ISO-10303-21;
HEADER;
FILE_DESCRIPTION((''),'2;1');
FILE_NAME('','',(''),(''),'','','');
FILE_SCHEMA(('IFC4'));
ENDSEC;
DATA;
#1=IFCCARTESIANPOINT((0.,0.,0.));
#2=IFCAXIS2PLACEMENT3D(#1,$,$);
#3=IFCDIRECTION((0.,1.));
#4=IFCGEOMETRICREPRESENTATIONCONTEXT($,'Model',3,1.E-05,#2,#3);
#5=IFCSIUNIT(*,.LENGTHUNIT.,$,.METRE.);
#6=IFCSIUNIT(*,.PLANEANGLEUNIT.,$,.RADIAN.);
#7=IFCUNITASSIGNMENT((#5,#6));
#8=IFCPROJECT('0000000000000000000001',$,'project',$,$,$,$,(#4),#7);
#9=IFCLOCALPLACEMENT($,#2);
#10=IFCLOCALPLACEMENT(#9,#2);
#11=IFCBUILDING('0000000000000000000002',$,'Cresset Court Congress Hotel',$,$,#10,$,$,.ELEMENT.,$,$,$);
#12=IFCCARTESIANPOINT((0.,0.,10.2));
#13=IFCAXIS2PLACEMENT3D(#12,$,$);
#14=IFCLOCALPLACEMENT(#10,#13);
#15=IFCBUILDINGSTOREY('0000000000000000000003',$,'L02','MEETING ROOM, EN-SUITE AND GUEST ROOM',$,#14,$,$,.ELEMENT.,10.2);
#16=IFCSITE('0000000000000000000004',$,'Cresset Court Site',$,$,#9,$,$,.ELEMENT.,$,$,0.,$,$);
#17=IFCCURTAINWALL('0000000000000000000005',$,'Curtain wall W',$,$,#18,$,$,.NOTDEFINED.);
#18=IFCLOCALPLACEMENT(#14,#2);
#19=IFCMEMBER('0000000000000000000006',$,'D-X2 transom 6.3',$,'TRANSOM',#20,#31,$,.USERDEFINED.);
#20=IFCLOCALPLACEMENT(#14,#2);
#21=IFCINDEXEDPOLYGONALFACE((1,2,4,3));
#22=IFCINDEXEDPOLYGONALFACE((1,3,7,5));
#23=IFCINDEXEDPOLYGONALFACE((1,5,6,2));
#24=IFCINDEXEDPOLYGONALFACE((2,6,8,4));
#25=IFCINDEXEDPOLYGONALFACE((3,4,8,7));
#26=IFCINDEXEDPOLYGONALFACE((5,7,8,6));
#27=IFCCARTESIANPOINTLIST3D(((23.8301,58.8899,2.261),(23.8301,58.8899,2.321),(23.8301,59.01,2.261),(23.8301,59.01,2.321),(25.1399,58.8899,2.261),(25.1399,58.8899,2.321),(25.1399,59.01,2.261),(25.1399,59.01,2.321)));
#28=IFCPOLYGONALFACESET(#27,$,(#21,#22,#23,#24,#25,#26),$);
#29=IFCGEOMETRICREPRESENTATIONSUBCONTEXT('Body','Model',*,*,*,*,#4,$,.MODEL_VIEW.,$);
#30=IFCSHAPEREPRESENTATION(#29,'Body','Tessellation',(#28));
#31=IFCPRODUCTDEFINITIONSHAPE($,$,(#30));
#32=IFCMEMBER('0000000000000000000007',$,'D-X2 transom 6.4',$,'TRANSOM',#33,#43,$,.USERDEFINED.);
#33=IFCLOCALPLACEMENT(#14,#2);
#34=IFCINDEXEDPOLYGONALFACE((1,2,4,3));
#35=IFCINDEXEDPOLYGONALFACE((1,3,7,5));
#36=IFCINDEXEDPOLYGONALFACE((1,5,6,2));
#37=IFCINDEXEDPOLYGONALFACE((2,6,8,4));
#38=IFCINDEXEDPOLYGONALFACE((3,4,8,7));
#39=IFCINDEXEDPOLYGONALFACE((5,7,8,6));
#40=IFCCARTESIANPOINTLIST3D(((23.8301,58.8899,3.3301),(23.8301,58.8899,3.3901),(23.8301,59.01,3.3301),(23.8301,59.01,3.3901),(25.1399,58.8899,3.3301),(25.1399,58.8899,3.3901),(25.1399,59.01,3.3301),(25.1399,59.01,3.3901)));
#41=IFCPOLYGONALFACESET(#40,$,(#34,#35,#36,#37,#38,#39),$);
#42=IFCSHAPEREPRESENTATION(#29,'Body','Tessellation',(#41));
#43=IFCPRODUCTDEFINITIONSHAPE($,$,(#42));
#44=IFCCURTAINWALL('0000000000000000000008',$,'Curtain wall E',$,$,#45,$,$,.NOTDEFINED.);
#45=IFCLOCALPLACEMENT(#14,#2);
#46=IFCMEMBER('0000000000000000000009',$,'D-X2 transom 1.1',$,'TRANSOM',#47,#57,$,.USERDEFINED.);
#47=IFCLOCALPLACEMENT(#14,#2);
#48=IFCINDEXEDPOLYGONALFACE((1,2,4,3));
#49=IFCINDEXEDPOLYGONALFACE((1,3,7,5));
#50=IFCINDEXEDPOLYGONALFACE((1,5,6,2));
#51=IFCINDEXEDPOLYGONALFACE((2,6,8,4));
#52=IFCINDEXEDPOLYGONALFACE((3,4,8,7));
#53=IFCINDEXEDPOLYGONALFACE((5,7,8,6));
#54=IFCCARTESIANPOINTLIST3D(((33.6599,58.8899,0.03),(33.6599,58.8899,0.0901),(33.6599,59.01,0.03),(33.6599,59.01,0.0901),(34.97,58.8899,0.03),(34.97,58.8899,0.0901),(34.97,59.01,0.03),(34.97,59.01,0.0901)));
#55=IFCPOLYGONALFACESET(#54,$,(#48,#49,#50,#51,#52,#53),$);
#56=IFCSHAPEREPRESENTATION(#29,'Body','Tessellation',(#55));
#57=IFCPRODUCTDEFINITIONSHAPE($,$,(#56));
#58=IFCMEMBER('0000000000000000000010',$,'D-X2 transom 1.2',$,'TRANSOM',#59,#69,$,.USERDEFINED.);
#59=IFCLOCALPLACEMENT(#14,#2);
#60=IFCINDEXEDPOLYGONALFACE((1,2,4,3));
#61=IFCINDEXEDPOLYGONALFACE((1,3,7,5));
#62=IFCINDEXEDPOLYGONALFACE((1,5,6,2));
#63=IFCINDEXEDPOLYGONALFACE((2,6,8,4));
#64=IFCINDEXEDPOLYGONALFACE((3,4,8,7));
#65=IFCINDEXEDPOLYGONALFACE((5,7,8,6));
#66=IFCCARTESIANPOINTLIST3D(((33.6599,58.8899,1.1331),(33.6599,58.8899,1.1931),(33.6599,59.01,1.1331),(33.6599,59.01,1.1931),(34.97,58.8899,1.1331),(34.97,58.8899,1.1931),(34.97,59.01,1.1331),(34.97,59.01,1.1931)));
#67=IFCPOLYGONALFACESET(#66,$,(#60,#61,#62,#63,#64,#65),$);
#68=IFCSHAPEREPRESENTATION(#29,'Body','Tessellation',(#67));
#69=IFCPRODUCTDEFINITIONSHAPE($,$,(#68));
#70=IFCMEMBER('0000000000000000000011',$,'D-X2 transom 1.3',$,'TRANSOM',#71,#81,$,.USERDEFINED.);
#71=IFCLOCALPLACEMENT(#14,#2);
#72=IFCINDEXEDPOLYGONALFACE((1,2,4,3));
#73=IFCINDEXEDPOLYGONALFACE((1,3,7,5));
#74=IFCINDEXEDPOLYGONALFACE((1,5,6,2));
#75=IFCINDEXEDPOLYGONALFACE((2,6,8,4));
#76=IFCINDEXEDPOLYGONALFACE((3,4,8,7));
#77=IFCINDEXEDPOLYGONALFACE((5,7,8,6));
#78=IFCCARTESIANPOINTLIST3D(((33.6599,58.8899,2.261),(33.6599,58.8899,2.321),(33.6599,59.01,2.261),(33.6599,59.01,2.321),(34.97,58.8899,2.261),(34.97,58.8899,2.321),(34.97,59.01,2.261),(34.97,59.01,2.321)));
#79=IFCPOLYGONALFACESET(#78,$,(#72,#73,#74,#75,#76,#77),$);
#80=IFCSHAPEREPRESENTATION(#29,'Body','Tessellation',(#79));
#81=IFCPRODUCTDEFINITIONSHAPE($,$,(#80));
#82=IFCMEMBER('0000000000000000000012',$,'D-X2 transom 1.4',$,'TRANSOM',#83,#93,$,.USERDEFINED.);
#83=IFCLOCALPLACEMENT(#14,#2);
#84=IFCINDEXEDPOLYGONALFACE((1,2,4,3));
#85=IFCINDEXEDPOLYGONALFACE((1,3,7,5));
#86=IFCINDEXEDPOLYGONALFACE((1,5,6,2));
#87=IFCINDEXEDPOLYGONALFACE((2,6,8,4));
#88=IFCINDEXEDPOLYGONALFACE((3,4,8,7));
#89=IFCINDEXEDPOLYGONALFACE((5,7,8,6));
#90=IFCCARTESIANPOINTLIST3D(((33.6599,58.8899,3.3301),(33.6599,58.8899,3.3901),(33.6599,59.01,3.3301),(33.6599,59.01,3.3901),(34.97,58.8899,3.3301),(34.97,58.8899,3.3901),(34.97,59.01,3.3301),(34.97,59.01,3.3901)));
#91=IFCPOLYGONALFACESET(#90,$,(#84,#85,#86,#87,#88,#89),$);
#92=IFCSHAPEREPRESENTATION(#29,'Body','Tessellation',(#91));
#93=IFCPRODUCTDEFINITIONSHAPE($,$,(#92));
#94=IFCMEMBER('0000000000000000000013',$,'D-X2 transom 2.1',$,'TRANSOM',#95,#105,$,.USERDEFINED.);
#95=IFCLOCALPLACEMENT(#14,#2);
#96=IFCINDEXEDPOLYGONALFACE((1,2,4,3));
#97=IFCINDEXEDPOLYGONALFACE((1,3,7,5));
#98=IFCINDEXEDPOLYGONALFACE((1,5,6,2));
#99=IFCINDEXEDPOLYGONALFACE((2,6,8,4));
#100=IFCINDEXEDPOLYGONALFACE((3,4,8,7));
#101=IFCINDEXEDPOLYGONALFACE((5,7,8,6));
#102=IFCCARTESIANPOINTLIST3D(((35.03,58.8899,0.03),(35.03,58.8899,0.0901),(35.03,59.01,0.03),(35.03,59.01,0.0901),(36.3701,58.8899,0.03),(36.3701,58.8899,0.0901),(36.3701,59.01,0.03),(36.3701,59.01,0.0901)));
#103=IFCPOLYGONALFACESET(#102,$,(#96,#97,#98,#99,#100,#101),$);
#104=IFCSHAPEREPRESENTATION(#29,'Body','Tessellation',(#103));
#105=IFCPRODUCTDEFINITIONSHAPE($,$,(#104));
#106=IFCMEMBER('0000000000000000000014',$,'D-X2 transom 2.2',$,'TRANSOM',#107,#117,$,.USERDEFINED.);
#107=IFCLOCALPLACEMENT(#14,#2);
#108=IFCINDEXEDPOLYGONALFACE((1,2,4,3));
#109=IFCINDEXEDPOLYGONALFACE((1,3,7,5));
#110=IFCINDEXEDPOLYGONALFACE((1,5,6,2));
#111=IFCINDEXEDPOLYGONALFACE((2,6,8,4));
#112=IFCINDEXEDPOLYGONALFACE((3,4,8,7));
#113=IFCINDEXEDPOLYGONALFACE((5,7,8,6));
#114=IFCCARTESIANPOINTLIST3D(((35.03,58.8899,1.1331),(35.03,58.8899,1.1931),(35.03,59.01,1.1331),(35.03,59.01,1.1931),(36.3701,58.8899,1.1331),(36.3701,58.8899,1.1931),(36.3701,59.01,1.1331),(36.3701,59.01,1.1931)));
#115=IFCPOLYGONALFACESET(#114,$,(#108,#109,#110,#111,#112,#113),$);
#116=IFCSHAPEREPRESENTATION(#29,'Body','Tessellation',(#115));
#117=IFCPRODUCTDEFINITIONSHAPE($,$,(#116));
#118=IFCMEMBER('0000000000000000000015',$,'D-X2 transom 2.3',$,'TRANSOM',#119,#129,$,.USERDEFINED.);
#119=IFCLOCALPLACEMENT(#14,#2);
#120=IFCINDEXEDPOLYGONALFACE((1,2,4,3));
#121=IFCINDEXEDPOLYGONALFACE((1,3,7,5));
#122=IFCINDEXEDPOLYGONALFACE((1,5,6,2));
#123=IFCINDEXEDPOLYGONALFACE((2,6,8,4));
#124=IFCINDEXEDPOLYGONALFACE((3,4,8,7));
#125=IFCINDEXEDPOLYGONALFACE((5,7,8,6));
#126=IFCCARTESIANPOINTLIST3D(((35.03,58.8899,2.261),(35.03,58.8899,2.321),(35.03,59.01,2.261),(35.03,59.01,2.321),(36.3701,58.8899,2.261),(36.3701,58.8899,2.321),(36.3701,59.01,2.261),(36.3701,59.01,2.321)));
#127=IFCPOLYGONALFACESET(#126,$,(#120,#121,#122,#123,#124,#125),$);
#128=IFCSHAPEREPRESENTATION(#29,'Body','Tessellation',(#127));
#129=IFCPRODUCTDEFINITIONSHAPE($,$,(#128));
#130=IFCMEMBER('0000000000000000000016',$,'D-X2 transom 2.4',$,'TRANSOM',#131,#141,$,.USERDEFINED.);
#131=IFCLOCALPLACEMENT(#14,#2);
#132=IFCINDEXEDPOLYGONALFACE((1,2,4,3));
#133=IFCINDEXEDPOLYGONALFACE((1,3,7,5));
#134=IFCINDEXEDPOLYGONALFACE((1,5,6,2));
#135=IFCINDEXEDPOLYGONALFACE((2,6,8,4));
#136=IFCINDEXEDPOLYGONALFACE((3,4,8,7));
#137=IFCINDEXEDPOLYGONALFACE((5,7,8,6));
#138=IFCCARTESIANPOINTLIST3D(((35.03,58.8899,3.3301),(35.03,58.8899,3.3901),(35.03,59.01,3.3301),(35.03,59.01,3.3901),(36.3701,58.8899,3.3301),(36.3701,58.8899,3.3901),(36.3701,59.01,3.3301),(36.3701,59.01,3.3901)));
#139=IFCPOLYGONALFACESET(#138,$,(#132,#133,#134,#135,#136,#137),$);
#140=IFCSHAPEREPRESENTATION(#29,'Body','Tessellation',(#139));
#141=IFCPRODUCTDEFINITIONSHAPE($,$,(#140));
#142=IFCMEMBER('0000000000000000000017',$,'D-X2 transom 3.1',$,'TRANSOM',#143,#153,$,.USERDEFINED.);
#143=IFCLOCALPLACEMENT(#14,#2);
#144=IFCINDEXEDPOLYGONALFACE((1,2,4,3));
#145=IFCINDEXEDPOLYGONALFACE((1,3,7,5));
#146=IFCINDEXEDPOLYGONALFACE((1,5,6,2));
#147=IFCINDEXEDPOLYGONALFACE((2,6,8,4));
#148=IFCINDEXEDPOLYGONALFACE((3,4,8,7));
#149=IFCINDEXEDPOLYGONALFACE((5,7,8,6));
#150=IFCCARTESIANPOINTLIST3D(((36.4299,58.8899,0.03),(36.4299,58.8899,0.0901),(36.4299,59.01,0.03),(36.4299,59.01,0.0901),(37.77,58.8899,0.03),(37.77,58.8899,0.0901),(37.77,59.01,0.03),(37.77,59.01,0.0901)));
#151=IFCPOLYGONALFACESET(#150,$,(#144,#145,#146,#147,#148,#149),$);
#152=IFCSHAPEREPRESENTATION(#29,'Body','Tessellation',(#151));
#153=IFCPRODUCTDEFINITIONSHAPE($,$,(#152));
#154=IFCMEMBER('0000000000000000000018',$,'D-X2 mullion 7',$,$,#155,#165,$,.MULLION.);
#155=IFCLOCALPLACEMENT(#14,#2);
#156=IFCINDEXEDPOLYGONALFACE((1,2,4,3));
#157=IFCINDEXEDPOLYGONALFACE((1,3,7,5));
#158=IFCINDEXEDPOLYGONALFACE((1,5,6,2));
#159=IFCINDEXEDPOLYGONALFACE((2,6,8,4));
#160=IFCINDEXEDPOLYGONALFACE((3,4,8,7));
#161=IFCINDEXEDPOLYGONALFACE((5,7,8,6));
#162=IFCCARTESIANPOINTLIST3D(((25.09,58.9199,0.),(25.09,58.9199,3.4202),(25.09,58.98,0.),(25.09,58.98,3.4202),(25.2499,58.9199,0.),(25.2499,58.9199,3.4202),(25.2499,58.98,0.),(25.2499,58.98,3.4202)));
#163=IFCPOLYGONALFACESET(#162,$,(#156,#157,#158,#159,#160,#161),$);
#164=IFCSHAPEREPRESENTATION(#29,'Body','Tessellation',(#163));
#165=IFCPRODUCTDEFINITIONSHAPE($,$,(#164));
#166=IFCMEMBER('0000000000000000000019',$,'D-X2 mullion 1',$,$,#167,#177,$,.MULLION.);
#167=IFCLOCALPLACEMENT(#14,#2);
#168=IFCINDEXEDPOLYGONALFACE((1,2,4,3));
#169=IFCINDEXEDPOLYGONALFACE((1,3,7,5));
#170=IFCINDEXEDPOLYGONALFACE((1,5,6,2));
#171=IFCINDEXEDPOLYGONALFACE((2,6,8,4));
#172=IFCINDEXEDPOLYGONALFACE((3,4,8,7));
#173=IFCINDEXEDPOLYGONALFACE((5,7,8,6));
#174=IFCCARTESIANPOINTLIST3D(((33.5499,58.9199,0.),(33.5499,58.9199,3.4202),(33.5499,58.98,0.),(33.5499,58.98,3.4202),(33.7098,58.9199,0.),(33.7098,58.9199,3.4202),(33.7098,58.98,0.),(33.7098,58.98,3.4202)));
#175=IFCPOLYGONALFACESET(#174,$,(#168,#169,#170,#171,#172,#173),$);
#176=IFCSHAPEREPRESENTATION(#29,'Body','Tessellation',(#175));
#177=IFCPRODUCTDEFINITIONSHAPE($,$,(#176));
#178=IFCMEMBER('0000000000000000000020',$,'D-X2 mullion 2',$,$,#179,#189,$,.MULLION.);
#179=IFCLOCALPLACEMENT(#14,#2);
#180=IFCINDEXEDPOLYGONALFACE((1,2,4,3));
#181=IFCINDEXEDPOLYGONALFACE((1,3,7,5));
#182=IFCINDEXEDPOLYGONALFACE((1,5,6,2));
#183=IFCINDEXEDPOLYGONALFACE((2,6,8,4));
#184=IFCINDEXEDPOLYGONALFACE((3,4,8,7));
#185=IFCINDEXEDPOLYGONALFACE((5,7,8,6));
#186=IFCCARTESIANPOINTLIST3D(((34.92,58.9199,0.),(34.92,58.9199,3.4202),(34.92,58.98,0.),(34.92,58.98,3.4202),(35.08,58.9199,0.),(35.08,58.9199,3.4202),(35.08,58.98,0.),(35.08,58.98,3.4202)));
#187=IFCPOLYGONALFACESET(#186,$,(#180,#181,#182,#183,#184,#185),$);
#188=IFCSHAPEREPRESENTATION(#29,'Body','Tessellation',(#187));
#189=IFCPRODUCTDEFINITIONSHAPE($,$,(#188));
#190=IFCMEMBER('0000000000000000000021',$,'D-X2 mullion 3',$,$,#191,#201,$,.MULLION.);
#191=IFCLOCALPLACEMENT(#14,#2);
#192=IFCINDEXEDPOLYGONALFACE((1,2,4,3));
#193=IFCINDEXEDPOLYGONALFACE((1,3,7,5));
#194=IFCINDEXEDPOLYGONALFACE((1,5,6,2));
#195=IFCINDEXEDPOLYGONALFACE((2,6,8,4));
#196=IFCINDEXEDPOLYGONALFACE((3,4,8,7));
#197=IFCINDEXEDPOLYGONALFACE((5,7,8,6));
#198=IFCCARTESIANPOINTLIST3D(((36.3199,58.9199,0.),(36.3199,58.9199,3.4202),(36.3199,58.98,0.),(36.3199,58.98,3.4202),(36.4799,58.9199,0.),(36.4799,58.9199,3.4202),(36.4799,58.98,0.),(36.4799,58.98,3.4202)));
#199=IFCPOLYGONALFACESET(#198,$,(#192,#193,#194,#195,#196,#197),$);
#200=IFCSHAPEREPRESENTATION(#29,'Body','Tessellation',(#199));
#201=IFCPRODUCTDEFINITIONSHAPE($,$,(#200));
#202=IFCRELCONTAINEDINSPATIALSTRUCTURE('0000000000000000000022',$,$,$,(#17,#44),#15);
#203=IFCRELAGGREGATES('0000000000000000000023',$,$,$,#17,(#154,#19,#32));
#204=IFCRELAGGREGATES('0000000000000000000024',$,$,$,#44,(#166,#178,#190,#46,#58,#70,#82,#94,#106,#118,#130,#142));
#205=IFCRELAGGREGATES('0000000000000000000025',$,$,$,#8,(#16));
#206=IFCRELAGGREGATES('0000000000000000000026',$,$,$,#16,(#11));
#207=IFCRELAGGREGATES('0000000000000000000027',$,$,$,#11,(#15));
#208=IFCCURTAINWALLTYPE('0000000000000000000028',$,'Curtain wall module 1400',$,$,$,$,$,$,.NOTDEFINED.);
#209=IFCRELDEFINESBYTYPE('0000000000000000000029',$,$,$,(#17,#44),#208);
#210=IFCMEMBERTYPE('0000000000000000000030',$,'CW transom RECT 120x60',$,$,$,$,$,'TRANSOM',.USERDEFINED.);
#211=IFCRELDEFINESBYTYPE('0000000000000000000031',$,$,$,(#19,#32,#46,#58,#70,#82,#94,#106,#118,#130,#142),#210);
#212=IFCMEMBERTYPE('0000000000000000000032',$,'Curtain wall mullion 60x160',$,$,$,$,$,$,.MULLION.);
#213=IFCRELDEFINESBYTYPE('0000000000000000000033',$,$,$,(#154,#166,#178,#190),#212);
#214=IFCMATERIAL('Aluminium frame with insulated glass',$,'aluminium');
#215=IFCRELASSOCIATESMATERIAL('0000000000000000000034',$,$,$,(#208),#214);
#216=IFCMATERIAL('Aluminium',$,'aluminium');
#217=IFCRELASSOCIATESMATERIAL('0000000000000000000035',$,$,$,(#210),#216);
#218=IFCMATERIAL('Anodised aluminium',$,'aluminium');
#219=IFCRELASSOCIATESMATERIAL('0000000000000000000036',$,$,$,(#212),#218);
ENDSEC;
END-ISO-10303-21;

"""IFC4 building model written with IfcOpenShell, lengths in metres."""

from ifc_helpers import new_model, si_unit, direction, frame, origin, origin_2d, place, context, subcontext, project, spatial, rectangle, extrude, material, material_profile, profile_set, type_object, element, aggregate, save


model = new_model("IFC4")

# Units and contexts
model_context = context("Model", 3, precision=1e-05, world=origin(), true_north=direction((0.0, 1.0)))
body_context = subcontext(model_context, "Body", "Model", "MODEL_VIEW")
ifc_project = project(units=[si_unit("LENGTHUNIT", "METRE"), si_unit("PLANEANGLEUNIT", "RADIAN")], contexts=[model_context])

# Site, building, storey
site_placement = place(None, origin())
site = spatial("IfcSite", under=ifc_project, at=site_placement, Name="Cresset Court Site", CompositionType="ELEMENT", RefElevation=0.0)
building_placement = place(site_placement, origin())
building = spatial("IfcBuilding", under=site, at=building_placement, Name="Cresset Court Congress Hotel", CompositionType="ELEMENT")
storey_placement = place(building_placement, frame((0.0, 0.0, 10.2)))
storey = spatial("IfcBuildingStorey", under=building, at=storey_placement, Name="L02", Description="MEETING ROOM, EN-SUITE AND GUEST ROOM", CompositionType="ELEMENT", Elevation=10.2)

# Curtain walls, members
ifc_material_1 = material(Name="Aluminium frame with insulated glass", Category="aluminium")
curtain_wall_type = type_object("IfcCurtainWallType", Name="Curtain wall module 1400", PredefinedType="NOTDEFINED", material=ifc_material_1)
curtain_wall_1_placement = place(storey_placement, origin())
curtain_wall_1 = element("IfcCurtainWall", 1, at=curtain_wall_1_placement, inside=storey, type_object=curtain_wall_type, Name="Curtain wall W", PredefinedType="NOTDEFINED")
ifc_material_2 = material(Name="Aluminium", Category="aluminium")
ifc_material_profile_1 = material_profile(ifc_material_2, rectangle(XDim=0.1201, YDim=0.0601, at=origin_2d()), Name="AL 120x60")
ifc_profile_set_1 = profile_set([ifc_material_profile_1], Name="Aluminium")
member_type_1 = type_object("IfcMemberType", Name="CW transom RECT 120x60", ElementType="TRANSOM", PredefinedType="USERDEFINED", material=ifc_profile_set_1)
member_1_placement = place(storey_placement, frame((23.8301, 58.95, 2.291), z_axis=(1.0, 0.0, 0.0), x_axis=(0.0, 1.0, 0.0)))
member_1 = element("IfcMember", 2, at=member_1_placement, type_object=member_type_1, Name="D-X2 transom 6.3", ObjectType="TRANSOM", PredefinedType="USERDEFINED", context=body_context, shape_type="SweptSolid", body=[
    extrude(rectangle(XDim=0.1201, YDim=0.0601, at=origin_2d()), origin(), (0.0, 0.0, 1.0), 1.3098),
])
member_2_placement = place(storey_placement, frame((23.8301, 58.95, 3.3601), z_axis=(1.0, 0.0, 0.0), x_axis=(0.0, 1.0, 0.0)))
member_2 = element("IfcMember", 3, at=member_2_placement, type_object=member_type_1, Name="D-X2 transom 6.4", ObjectType="TRANSOM", PredefinedType="USERDEFINED", context=body_context, shape_type="SweptSolid", body=[
    extrude(rectangle(XDim=0.1201, YDim=0.0601, at=origin_2d()), origin(), (0.0, 0.0, 1.0), 1.3098),
])
curtain_wall_2_placement = place(storey_placement, origin())
curtain_wall_2 = element("IfcCurtainWall", 4, at=curtain_wall_2_placement, inside=storey, type_object=curtain_wall_type, Name="Curtain wall E", PredefinedType="NOTDEFINED")
member_3_placement = place(storey_placement, frame((33.6599, 58.95, 0.0601), z_axis=(1.0, 0.0, 0.0), x_axis=(0.0, 1.0, 0.0)))
member_3 = element("IfcMember", 5, at=member_3_placement, type_object=member_type_1, Name="D-X2 transom 1.1", ObjectType="TRANSOM", PredefinedType="USERDEFINED", context=body_context, shape_type="SweptSolid", body=[
    extrude(rectangle(XDim=0.1201, YDim=0.0601, at=origin_2d()), origin(), (0.0, 0.0, 1.0), 1.3101),
])
member_4_placement = place(storey_placement, frame((33.6599, 58.95, 1.1631), z_axis=(1.0, 0.0, 0.0), x_axis=(0.0, 1.0, 0.0)))
member_4 = element("IfcMember", 6, at=member_4_placement, type_object=member_type_1, Name="D-X2 transom 1.2", ObjectType="TRANSOM", PredefinedType="USERDEFINED", context=body_context, shape_type="SweptSolid", body=[
    extrude(rectangle(XDim=0.1201, YDim=0.0601, at=origin_2d()), origin(), (0.0, 0.0, 1.0), 1.3101),
])
member_5_placement = place(storey_placement, frame((33.6599, 58.95, 2.291), z_axis=(1.0, 0.0, 0.0), x_axis=(0.0, 1.0, 0.0)))
member_5 = element("IfcMember", 7, at=member_5_placement, type_object=member_type_1, Name="D-X2 transom 1.3", ObjectType="TRANSOM", PredefinedType="USERDEFINED", context=body_context, shape_type="SweptSolid", body=[
    extrude(rectangle(XDim=0.1201, YDim=0.0601, at=origin_2d()), origin(), (0.0, 0.0, 1.0), 1.3101),
])
member_6_placement = place(storey_placement, frame((33.6599, 58.95, 3.3601), z_axis=(1.0, 0.0, 0.0), x_axis=(0.0, 1.0, 0.0)))
member_6 = element("IfcMember", 8, at=member_6_placement, type_object=member_type_1, Name="D-X2 transom 1.4", ObjectType="TRANSOM", PredefinedType="USERDEFINED", context=body_context, shape_type="SweptSolid", body=[
    extrude(rectangle(XDim=0.1201, YDim=0.0601, at=origin_2d()), origin(), (0.0, 0.0, 1.0), 1.3101),
])
member_7_placement = place(storey_placement, frame((35.03, 58.95, 0.0601), z_axis=(1.0, 0.0, 0.0), x_axis=(0.0, 1.0, 0.0)))
member_7 = element("IfcMember", 9, at=member_7_placement, type_object=member_type_1, Name="D-X2 transom 2.1", ObjectType="TRANSOM", PredefinedType="USERDEFINED", context=body_context, shape_type="SweptSolid", body=[
    extrude(rectangle(XDim=0.1201, YDim=0.0601, at=origin_2d()), origin(), (0.0, 0.0, 1.0), 1.3401),
])
member_8_placement = place(storey_placement, frame((35.03, 58.95, 1.1631), z_axis=(1.0, 0.0, 0.0), x_axis=(0.0, 1.0, 0.0)))
member_8 = element("IfcMember", 10, at=member_8_placement, type_object=member_type_1, Name="D-X2 transom 2.2", ObjectType="TRANSOM", PredefinedType="USERDEFINED", context=body_context, shape_type="SweptSolid", body=[
    extrude(rectangle(XDim=0.1201, YDim=0.0601, at=origin_2d()), origin(), (0.0, 0.0, 1.0), 1.3401),
])
member_9_placement = place(storey_placement, frame((35.03, 58.95, 2.291), z_axis=(1.0, 0.0, 0.0), x_axis=(0.0, 1.0, 0.0)))
member_9 = element("IfcMember", 11, at=member_9_placement, type_object=member_type_1, Name="D-X2 transom 2.3", ObjectType="TRANSOM", PredefinedType="USERDEFINED", context=body_context, shape_type="SweptSolid", body=[
    extrude(rectangle(XDim=0.1201, YDim=0.0601, at=origin_2d()), origin(), (0.0, 0.0, 1.0), 1.3401),
])
member_10_placement = place(storey_placement, frame((35.03, 58.95, 3.3601), z_axis=(1.0, 0.0, 0.0), x_axis=(0.0, 1.0, 0.0)))
member_10 = element("IfcMember", 12, at=member_10_placement, type_object=member_type_1, Name="D-X2 transom 2.4", ObjectType="TRANSOM", PredefinedType="USERDEFINED", context=body_context, shape_type="SweptSolid", body=[
    extrude(rectangle(XDim=0.1201, YDim=0.0601, at=origin_2d()), origin(), (0.0, 0.0, 1.0), 1.3401),
])
member_11_placement = place(storey_placement, frame((36.4299, 58.95, 0.0601), z_axis=(1.0, 0.0, 0.0), x_axis=(0.0, 1.0, 0.0)))
member_11 = element("IfcMember", 13, at=member_11_placement, type_object=member_type_1, Name="D-X2 transom 3.1", ObjectType="TRANSOM", PredefinedType="USERDEFINED", context=body_context, shape_type="SweptSolid", body=[
    extrude(rectangle(XDim=0.1201, YDim=0.0601, at=origin_2d()), origin(), (0.0, 0.0, 1.0), 1.3401),
])

# Members
ifc_material_3 = material(Name="Anodised aluminium", Category="aluminium")
ifc_material_profile_2 = material_profile(ifc_material_3, rectangle(XDim=0.0601, YDim=0.1599, at=origin_2d()), Name="AL60x160")
ifc_profile_set_2 = profile_set([ifc_material_profile_2], Name="Anodised aluminium")
member_type_2 = type_object("IfcMemberType", Name="Curtain wall mullion 60x160", PredefinedType="MULLION", material=ifc_profile_set_2)
member_12_placement = place(storey_placement, frame((25.1699, 58.95, 0.0), z_axis=(0.0, 0.0, 1.0), x_axis=(0.0, 1.0, 0.0)))
member_12 = element("IfcMember", 14, at=member_12_placement, type_object=member_type_2, Name="D-X2 mullion 7", PredefinedType="MULLION", context=body_context, shape_type="SweptSolid", body=[
    extrude(rectangle(XDim=0.0601, YDim=0.1599, at=origin_2d()), origin(), (0.0, 0.0, 1.0), 3.4202),
])
member_13_placement = place(storey_placement, frame((33.6299, 58.95, 0.0), z_axis=(0.0, 0.0, 1.0), x_axis=(0.0, 1.0, 0.0)))
member_13 = element("IfcMember", 15, at=member_13_placement, type_object=member_type_2, Name="D-X2 mullion 1", PredefinedType="MULLION", context=body_context, shape_type="SweptSolid", body=[
    extrude(rectangle(XDim=0.0601, YDim=0.1599, at=origin_2d()), origin(), (0.0, 0.0, 1.0), 3.4202),
])
member_14_placement = place(storey_placement, frame((35.0, 58.95, 0.0), z_axis=(0.0, 0.0, 1.0), x_axis=(0.0, 1.0, 0.0)))
member_14 = element("IfcMember", 16, at=member_14_placement, type_object=member_type_2, Name="D-X2 mullion 2", PredefinedType="MULLION", context=body_context, shape_type="SweptSolid", body=[
    extrude(rectangle(XDim=0.0601, YDim=0.1599, at=origin_2d()), origin(), (0.0, 0.0, 1.0), 3.4202),
])
member_15_placement = place(storey_placement, frame((36.3999, 58.95, 0.0), z_axis=(0.0, 0.0, 1.0), x_axis=(0.0, 1.0, 0.0)))
member_15 = element("IfcMember", 17, at=member_15_placement, type_object=member_type_2, Name="D-X2 mullion 3", PredefinedType="MULLION", context=body_context, shape_type="SweptSolid", body=[
    extrude(rectangle(XDim=0.0601, YDim=0.1599, at=origin_2d()), origin(), (0.0, 0.0, 1.0), 3.4202),
])

aggregate(curtain_wall_1, [member_12, member_1, member_2])
aggregate(curtain_wall_2, [member_13, member_14, member_15, member_3, member_4, member_5, member_6, member_7, member_8, member_9, member_10, member_11])

save(model, "model.ifc")
